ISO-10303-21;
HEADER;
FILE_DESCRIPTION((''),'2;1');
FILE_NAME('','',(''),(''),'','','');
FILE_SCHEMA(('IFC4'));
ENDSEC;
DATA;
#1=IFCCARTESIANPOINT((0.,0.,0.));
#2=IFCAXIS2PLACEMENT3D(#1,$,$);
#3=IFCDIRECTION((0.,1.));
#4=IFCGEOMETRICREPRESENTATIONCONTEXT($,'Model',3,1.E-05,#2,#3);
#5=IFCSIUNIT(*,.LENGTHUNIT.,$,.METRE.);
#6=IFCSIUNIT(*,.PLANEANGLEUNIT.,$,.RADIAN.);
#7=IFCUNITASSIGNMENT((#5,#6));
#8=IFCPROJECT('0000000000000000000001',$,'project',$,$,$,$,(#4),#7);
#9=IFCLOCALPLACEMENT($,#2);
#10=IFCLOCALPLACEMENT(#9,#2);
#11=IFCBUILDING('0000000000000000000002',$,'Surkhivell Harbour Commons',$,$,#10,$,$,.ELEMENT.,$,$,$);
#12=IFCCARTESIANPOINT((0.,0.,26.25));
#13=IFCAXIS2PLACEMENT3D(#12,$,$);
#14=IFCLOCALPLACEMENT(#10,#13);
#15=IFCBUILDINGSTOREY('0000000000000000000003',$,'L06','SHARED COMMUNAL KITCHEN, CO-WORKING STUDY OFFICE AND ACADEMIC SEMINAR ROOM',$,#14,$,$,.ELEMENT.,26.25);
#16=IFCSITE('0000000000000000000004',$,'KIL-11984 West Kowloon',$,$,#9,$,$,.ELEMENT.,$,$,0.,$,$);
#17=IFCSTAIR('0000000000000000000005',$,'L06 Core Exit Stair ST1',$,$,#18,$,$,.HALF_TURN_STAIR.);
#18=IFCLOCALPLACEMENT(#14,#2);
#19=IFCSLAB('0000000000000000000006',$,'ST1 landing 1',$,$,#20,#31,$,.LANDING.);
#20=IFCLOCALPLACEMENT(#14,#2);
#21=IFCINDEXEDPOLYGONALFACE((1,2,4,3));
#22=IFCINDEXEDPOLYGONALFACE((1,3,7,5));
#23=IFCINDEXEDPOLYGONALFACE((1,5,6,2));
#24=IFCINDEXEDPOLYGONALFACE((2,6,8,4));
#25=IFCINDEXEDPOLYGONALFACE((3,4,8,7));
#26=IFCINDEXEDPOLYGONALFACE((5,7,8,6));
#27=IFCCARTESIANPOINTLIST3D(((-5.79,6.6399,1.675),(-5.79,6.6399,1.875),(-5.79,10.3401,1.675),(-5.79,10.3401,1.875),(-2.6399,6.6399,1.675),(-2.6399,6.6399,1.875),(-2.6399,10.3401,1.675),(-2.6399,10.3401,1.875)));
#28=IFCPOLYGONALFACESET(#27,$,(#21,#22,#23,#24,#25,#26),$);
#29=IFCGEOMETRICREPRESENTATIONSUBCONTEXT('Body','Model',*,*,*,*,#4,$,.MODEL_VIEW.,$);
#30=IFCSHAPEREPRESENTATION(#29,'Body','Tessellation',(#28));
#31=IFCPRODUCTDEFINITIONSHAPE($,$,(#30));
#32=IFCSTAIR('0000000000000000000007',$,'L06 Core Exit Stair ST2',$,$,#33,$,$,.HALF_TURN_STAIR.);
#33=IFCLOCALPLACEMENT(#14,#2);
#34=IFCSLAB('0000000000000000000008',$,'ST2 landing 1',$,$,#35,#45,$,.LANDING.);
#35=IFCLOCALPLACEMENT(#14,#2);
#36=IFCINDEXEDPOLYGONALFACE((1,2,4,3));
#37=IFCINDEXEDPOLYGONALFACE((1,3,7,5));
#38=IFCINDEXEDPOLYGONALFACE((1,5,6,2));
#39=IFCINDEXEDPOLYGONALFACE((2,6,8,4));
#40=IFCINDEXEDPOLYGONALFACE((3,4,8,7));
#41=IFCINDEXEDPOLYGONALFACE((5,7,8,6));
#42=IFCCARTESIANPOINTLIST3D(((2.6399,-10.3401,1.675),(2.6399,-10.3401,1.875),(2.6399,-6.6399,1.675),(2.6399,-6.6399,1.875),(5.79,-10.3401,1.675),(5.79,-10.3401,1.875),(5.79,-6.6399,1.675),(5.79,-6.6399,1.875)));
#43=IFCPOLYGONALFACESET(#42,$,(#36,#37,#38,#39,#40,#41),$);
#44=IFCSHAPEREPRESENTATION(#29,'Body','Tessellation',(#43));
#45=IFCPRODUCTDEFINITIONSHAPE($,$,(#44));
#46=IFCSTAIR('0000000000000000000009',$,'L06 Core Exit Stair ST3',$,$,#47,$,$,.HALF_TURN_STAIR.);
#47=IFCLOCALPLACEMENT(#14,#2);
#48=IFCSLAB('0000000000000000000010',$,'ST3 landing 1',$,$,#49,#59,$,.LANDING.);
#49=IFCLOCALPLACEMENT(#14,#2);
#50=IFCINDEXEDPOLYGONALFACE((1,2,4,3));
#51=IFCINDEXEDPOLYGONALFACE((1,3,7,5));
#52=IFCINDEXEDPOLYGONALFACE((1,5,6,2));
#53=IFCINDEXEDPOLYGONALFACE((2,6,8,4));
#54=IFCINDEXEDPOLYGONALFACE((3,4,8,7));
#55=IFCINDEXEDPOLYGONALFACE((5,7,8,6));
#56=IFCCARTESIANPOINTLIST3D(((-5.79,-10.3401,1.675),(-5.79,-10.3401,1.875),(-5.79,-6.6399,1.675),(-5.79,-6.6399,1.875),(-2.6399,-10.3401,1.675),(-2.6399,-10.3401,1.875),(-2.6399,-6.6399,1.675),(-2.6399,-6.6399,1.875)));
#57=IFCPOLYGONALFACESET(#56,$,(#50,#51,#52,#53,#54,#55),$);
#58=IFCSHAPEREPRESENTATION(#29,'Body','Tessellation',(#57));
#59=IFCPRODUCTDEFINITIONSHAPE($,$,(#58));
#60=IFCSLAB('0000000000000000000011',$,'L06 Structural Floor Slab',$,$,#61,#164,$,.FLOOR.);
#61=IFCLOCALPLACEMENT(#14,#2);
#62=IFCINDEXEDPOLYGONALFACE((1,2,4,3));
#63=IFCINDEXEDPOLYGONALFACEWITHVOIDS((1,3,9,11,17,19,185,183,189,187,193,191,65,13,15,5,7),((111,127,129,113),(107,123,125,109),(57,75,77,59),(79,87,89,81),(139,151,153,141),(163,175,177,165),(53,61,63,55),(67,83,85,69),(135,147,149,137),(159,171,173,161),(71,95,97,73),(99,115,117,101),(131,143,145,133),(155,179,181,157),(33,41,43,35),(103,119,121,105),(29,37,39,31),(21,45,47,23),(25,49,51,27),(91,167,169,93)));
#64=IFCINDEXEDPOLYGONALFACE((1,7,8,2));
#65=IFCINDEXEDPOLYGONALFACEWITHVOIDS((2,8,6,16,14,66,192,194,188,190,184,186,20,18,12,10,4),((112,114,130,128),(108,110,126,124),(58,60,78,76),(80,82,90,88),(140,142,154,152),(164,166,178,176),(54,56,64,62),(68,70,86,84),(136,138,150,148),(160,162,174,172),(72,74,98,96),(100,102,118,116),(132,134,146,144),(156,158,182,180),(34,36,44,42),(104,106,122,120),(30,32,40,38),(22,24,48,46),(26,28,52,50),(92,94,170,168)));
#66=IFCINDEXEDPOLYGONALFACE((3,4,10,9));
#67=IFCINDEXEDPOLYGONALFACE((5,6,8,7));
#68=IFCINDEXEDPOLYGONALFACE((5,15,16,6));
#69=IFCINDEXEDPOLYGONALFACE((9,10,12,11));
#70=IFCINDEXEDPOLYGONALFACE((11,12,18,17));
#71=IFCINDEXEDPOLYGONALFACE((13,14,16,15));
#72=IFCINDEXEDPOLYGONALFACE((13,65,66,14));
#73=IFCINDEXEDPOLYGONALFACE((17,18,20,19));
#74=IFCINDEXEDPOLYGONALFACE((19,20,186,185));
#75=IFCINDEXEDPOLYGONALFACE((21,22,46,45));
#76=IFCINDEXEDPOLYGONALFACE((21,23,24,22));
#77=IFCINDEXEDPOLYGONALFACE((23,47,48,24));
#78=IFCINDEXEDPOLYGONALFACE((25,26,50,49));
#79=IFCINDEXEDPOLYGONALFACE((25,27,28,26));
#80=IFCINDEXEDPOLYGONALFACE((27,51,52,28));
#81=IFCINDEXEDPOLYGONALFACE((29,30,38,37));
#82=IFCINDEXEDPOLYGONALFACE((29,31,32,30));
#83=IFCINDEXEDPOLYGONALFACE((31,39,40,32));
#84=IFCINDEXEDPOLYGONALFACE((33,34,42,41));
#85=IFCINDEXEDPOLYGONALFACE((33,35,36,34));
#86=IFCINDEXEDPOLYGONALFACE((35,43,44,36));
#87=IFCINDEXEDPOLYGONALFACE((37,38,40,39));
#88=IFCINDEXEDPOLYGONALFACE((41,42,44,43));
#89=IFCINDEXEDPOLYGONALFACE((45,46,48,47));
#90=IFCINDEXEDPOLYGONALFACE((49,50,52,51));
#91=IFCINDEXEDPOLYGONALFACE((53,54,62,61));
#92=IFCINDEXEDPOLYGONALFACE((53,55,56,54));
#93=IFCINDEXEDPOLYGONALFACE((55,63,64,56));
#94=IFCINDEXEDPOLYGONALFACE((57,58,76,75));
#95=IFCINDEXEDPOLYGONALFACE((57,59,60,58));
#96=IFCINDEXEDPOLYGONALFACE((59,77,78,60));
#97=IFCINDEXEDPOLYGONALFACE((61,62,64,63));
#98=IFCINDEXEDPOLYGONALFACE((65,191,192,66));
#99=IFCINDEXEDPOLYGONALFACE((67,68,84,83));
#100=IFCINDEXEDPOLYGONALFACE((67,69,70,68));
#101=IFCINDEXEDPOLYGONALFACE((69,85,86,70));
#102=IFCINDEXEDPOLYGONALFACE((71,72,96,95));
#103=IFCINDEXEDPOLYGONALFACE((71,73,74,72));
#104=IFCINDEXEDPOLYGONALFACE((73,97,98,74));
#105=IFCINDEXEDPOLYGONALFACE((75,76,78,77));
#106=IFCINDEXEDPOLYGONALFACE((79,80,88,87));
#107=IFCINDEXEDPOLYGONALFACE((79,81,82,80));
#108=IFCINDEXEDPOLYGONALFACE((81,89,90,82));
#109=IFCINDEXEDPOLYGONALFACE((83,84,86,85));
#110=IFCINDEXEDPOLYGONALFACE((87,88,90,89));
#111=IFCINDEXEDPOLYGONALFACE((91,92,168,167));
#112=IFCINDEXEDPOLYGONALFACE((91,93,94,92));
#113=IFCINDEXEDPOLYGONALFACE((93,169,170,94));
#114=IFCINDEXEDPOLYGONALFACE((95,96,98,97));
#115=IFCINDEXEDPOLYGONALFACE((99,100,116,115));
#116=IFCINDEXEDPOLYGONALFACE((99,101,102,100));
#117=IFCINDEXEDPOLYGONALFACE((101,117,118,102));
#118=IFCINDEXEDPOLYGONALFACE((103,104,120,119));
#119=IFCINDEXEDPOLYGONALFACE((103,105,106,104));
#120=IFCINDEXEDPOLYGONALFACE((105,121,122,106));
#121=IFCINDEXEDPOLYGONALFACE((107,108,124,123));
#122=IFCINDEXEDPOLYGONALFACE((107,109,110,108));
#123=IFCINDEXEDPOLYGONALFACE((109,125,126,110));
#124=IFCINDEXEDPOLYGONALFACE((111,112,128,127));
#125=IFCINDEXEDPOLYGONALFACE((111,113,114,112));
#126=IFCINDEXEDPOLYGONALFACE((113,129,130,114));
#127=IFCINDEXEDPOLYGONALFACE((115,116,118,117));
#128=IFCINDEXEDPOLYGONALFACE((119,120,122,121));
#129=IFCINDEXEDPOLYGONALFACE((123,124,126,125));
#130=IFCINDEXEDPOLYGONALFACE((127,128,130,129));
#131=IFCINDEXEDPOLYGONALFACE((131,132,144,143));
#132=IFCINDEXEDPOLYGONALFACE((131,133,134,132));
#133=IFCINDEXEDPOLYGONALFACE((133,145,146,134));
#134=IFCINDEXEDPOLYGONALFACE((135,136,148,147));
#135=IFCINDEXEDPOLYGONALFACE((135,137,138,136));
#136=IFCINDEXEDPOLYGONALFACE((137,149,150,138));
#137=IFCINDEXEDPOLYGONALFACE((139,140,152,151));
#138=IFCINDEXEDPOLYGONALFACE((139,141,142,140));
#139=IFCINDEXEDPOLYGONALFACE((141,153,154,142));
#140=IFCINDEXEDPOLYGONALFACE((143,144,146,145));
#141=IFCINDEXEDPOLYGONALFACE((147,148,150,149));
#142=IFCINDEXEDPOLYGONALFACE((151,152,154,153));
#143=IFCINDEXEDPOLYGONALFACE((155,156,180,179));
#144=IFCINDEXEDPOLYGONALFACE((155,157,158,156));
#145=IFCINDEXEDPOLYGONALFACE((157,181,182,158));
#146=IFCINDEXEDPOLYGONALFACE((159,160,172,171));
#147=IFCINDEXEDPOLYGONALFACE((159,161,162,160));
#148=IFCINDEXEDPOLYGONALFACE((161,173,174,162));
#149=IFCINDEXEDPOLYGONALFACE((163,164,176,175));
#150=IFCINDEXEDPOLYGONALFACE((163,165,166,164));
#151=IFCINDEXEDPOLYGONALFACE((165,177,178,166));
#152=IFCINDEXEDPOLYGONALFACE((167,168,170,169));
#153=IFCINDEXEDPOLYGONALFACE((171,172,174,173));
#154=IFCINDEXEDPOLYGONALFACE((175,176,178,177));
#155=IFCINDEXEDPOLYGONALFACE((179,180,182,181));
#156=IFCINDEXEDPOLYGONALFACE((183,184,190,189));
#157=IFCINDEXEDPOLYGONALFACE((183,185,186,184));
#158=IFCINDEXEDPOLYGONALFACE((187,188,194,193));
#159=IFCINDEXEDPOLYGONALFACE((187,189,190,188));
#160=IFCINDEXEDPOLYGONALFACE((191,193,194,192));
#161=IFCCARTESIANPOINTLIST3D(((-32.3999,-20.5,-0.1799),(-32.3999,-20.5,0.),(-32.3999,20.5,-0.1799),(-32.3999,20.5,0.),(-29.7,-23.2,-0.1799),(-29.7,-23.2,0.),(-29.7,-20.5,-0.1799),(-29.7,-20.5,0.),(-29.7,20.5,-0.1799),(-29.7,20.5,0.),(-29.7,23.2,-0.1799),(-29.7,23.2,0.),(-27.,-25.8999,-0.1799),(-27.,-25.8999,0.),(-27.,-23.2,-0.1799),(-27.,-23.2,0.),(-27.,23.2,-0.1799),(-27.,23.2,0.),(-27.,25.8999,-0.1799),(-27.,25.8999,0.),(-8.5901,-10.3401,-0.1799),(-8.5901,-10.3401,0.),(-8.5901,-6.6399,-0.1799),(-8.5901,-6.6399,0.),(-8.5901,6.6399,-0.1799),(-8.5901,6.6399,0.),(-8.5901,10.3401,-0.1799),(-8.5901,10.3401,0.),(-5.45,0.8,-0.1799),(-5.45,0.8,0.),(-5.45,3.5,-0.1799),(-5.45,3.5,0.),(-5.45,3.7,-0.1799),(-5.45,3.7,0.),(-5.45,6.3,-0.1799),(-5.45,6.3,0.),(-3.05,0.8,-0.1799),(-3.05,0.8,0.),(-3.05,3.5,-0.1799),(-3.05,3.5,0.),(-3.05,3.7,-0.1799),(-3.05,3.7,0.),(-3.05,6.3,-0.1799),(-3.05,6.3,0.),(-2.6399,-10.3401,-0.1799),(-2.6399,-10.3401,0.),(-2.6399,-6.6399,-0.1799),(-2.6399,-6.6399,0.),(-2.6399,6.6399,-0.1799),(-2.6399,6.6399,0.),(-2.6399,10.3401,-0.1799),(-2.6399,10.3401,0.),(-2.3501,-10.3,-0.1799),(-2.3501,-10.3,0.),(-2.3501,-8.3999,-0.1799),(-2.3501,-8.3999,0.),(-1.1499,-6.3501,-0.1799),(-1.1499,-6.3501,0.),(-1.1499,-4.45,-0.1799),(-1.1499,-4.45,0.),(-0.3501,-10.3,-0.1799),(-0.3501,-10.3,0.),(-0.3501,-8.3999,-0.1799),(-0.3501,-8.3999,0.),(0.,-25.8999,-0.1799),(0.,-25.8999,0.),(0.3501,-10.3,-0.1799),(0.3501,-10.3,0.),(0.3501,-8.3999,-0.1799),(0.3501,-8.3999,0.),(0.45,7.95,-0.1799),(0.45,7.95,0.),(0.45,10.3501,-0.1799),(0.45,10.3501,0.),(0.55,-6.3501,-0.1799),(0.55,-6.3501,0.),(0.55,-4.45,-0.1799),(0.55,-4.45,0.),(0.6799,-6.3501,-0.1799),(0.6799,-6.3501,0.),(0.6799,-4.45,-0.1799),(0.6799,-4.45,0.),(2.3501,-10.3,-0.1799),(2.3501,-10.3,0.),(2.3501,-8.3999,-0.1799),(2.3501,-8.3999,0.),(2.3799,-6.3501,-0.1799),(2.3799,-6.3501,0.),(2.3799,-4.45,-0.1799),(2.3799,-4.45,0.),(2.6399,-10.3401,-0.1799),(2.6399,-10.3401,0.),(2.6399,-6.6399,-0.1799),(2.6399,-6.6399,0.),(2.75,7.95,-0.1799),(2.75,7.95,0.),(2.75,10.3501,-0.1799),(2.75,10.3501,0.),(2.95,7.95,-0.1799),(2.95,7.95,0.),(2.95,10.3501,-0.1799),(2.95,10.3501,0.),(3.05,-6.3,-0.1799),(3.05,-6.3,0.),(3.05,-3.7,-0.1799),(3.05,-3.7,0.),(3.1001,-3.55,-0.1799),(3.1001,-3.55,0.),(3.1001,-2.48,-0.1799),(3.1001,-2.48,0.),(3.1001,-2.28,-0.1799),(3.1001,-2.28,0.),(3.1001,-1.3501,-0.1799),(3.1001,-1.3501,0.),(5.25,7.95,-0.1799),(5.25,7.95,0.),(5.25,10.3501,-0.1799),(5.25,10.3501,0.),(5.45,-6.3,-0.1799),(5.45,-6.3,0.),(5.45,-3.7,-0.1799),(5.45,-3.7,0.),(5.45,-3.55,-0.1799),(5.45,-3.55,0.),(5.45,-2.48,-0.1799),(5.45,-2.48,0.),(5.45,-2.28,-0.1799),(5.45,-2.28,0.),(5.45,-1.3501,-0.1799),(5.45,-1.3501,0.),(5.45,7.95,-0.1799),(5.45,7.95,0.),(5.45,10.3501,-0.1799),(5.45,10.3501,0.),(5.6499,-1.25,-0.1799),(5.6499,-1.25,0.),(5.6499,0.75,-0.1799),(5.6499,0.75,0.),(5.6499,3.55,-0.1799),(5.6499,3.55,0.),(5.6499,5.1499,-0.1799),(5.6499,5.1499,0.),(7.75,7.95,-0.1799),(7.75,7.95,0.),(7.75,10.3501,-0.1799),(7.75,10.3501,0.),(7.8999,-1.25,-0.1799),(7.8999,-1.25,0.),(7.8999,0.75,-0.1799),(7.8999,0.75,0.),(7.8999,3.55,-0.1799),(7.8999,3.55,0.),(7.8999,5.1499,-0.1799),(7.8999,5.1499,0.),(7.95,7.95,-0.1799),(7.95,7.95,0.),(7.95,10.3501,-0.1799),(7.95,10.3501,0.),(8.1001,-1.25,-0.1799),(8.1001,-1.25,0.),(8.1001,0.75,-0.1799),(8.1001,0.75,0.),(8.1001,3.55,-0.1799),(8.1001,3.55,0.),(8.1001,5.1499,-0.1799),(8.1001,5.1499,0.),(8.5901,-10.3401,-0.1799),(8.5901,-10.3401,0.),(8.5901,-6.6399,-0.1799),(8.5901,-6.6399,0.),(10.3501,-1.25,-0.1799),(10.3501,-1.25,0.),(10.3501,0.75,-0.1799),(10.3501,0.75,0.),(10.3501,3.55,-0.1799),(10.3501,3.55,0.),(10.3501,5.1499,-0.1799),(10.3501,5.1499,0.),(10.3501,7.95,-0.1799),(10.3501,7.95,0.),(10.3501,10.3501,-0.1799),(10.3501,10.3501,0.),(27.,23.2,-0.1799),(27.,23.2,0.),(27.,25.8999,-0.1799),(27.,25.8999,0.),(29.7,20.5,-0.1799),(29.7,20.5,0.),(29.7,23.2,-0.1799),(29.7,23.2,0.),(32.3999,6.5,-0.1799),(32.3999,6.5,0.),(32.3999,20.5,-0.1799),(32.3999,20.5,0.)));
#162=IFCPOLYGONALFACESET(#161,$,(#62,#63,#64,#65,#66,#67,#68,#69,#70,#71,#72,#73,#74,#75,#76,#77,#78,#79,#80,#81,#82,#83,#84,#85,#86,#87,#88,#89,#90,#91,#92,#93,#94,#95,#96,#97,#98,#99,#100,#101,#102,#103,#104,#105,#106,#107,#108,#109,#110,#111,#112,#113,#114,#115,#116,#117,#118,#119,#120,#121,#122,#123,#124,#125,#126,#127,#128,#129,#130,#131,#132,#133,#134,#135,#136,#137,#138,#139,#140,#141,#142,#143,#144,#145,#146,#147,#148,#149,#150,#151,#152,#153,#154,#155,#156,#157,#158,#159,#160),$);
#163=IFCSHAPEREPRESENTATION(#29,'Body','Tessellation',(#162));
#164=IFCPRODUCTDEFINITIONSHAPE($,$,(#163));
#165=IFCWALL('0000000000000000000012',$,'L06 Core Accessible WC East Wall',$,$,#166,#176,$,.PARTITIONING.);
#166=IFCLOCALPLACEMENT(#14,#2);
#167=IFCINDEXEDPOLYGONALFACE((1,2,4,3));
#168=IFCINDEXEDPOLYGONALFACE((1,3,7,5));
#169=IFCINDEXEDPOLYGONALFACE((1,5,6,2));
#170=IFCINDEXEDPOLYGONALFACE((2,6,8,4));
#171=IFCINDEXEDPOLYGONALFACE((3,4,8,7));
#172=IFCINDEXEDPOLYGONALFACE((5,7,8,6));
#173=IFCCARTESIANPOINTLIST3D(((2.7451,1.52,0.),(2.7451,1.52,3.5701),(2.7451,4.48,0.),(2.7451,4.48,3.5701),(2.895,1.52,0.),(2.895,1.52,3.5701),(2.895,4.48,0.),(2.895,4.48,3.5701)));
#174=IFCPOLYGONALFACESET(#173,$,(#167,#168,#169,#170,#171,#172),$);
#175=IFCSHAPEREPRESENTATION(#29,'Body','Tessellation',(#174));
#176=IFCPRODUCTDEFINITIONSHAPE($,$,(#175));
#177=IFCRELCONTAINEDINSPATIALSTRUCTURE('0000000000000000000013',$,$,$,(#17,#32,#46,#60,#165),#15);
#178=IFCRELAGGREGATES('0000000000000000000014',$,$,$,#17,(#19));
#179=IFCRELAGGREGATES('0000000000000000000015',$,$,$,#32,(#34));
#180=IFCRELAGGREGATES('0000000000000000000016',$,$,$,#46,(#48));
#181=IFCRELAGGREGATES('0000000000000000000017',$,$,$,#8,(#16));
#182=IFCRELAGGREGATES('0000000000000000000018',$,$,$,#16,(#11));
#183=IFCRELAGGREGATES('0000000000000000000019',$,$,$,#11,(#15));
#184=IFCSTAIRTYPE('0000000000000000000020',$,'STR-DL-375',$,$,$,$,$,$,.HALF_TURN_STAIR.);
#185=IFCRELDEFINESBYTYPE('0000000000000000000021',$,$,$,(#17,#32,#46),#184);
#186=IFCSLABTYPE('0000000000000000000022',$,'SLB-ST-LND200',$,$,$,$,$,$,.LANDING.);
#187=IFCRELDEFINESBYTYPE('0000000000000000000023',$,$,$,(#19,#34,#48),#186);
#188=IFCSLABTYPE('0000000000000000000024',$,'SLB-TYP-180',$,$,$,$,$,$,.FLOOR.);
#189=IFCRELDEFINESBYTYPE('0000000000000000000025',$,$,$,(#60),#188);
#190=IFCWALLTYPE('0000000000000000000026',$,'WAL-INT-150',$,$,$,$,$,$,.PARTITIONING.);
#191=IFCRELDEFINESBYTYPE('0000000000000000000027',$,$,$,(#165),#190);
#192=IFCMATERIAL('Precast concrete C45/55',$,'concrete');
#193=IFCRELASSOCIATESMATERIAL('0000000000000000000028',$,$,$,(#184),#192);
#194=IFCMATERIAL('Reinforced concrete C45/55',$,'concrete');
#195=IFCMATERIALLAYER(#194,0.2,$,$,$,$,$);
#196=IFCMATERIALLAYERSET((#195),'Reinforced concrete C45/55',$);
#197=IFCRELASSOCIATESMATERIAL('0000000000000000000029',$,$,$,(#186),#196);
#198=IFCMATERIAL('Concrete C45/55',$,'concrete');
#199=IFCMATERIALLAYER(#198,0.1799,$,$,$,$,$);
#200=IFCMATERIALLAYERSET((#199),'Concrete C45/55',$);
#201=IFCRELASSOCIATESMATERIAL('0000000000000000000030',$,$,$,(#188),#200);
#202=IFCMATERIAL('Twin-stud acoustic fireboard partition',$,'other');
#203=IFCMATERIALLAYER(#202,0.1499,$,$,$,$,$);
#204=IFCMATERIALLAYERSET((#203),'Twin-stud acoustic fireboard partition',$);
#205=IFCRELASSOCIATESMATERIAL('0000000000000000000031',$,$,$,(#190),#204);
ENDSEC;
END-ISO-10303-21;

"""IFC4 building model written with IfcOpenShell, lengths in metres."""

from ifc_helpers import new_model, si_unit, direction, frame, frame_2d, origin, place, context, subcontext, project, spatial, polyline, rectangle, outline, extrude, material, layer, layer_set, type_object, element, aggregate, save


model = new_model("IFC4")

# Units and contexts
model_context = context("Model", 3, precision=1e-05, world=origin(), true_north=direction((0.0, 1.0)))
body_context = subcontext(model_context, "Body", "Model", "MODEL_VIEW")
ifc_project = project(units=[si_unit("LENGTHUNIT", "METRE"), si_unit("PLANEANGLEUNIT", "RADIAN")], contexts=[model_context])

# Site, building, storey
site_placement = place(None, origin())
site = spatial("IfcSite", under=ifc_project, at=site_placement, Name="KIL-11984 West Kowloon", CompositionType="ELEMENT", RefElevation=0.0)
building_placement = place(site_placement, origin())
building = spatial("IfcBuilding", under=site, at=building_placement, Name="Surkhivell Harbour Commons", CompositionType="ELEMENT")
storey_placement = place(building_placement, frame((0.0, 0.0, 26.25)))
storey = spatial("IfcBuildingStorey", under=building, at=storey_placement, Name="L06", Description="SHARED COMMUNAL KITCHEN, CO-WORKING STUDY OFFICE AND ACADEMIC SEMINAR ROOM", CompositionType="ELEMENT", Elevation=26.25)

# Stairs, slabs
ifc_material_1 = material(Name="Precast concrete C45/55", Category="concrete")
stair_type = type_object("IfcStairType", Name="STR-DL-375", PredefinedType="HALF_TURN_STAIR", material=ifc_material_1)
stair_1_placement = place(storey_placement, origin())
stair_1 = element("IfcStair", 1, at=stair_1_placement, inside=storey, type_object=stair_type, Name="L06 Core Exit Stair ST1", PredefinedType="HALF_TURN_STAIR")
ifc_material_2 = material(Name="Reinforced concrete C45/55", Category="concrete")
ifc_layer_1 = layer(ifc_material_2, 0.2)
ifc_layer_set_1 = layer_set([ifc_layer_1], Name="Reinforced concrete C45/55")
slab_type_1 = type_object("IfcSlabType", Name="SLB-ST-LND200", PredefinedType="LANDING", material=ifc_layer_set_1)
slab_1_placement = place(storey_placement, frame((0.0, 0.0, 1.675)))
slab_1 = element("IfcSlab", 2, at=slab_1_placement, type_object=slab_type_1, Name="ST1 landing 1", PredefinedType="LANDING", context=body_context, shape_type="SweptSolid", body=[
    extrude(outline(polyline([(-5.79, 6.6399), (-2.6399, 6.6399), (-2.6399, 10.3401), (-5.79, 10.3401), (-5.79, 6.6399)])), origin(), (0.0, 0.0, 1.0), 0.2),
])
aggregate(stair_1, [slab_1])
stair_2_placement = place(storey_placement, origin())
stair_2 = element("IfcStair", 3, at=stair_2_placement, inside=storey, type_object=stair_type, Name="L06 Core Exit Stair ST2", PredefinedType="HALF_TURN_STAIR")
slab_2_placement = place(storey_placement, frame((0.0, 0.0, 1.675)))
slab_2 = element("IfcSlab", 4, at=slab_2_placement, type_object=slab_type_1, Name="ST2 landing 1", PredefinedType="LANDING", context=body_context, shape_type="SweptSolid", body=[
    extrude(outline(polyline([(5.79, -6.6399), (2.6399, -6.6399), (2.6399, -10.3401), (5.79, -10.3401), (5.79, -6.6399)])), origin(), (0.0, 0.0, 1.0), 0.2),
])
aggregate(stair_2, [slab_2])
stair_3_placement = place(storey_placement, origin())
stair_3 = element("IfcStair", 5, at=stair_3_placement, inside=storey, type_object=stair_type, Name="L06 Core Exit Stair ST3", PredefinedType="HALF_TURN_STAIR")
slab_3_placement = place(storey_placement, frame((0.0, 0.0, 1.675)))
slab_3 = element("IfcSlab", 6, at=slab_3_placement, type_object=slab_type_1, Name="ST3 landing 1", PredefinedType="LANDING", context=body_context, shape_type="SweptSolid", body=[
    extrude(outline(polyline([(-5.79, -10.3401), (-2.6399, -10.3401), (-2.6399, -6.6399), (-5.79, -6.6399), (-5.79, -10.3401)])), origin(), (0.0, 0.0, 1.0), 0.2),
])
aggregate(stair_3, [slab_3])

# Slab
ifc_material_3 = material(Name="Concrete C45/55", Category="concrete")
ifc_layer_2 = layer(ifc_material_3, 0.1799)
ifc_layer_set_2 = layer_set([ifc_layer_2], Name="Concrete C45/55")
slab_type_2 = type_object("IfcSlabType", Name="SLB-TYP-180", PredefinedType="FLOOR", material=ifc_layer_set_2)
slab_4_placement = place(storey_placement, frame((0.0, 0.0, -0.1799)))
element("IfcSlab", 7, at=slab_4_placement, inside=storey, type_object=slab_type_2, Name="L06 Structural Floor Slab", PredefinedType="FLOOR", context=body_context, shape_type="SweptSolid", body=[
    extrude(outline(polyline([(-27.0, -25.8999), (0.0, -25.8999), (32.3999, 6.5), (32.3999, 20.5), (29.7, 20.5), (29.7, 23.2), (27.0, 23.2), (27.0, 25.8999), (-27.0, 25.8999), (-27.0, 23.2), (-29.7, 23.2), (-29.7, 20.5), (-32.3999, 20.5), (-32.3999, -20.5), (-29.7, -20.5), (-29.7, -23.2), (-27.0, -23.2), (-27.0, -25.8999)]), holes=[polyline([(-8.5901, 6.6399), (-2.6399, 6.6399), (-2.6399, 10.3401), (-8.5901, 10.3401), (-8.5901, 6.6399)]), polyline([(8.5901, -6.6399), (2.6399, -6.6399), (2.6399, -10.3401), (8.5901, -10.3401), (8.5901, -6.6399)]), polyline([(-8.5901, -10.3401), (-2.6399, -10.3401), (-2.6399, -6.6399), (-8.5901, -6.6399), (-8.5901, -10.3401)]), polyline([(0.45, 7.95), (2.75, 7.95), (2.75, 10.3501), (0.45, 10.3501), (0.45, 7.95)]), polyline([(2.95, 7.95), (5.25, 7.95), (5.25, 10.3501), (2.95, 10.3501), (2.95, 7.95)]), polyline([(5.45, 7.95), (7.75, 7.95), (7.75, 10.3501), (5.45, 10.3501), (5.45, 7.95)]), polyline([(7.95, 7.95), (10.3501, 7.95), (10.3501, 10.3501), (7.95, 10.3501), (7.95, 7.95)]), polyline([(5.6499, 3.55), (7.8999, 3.55), (7.8999, 5.1499), (5.6499, 5.1499), (5.6499, 3.55)]), polyline([(8.1001, 3.55), (10.3501, 3.55), (10.3501, 5.1499), (8.1001, 5.1499), (8.1001, 3.55)]), polyline([(5.6499, -1.25), (7.8999, -1.25), (7.8999, 0.75), (5.6499, 0.75), (5.6499, -1.25)]), polyline([(8.1001, -1.25), (10.3501, -1.25), (10.3501, 0.75), (8.1001, 0.75), (8.1001, -1.25)]), polyline([(-1.1499, -6.3501), (0.55, -6.3501), (0.55, -4.45), (-1.1499, -4.45), (-1.1499, -6.3501)]), polyline([(0.6799, -6.3501), (2.3799, -6.3501), (2.3799, -4.45), (0.6799, -4.45), (0.6799, -6.3501)]), polyline([(-2.3501, -10.3), (-0.3501, -10.3), (-0.3501, -8.3999), (-2.3501, -8.3999), (-2.3501, -10.3)]), polyline([(0.3501, -10.3), (2.3501, -10.3), (2.3501, -8.3999), (0.3501, -8.3999), (0.3501, -10.3)]), polyline([(-5.45, 3.7), (-3.05, 3.7), (-3.05, 6.3), (-5.45, 6.3), (-5.45, 3.7)]), polyline([(3.05, -6.3), (5.45, -6.3), (5.45, -3.7), (3.05, -3.7), (3.05, -6.3)]), polyline([(-5.45, 0.8), (-3.05, 0.8), (-3.05, 3.5), (-5.45, 3.5), (-5.45, 0.8)]), polyline([(3.1001, -3.55), (5.45, -3.55), (5.45, -2.48), (3.1001, -2.48), (3.1001, -3.55)]), polyline([(3.1001, -2.28), (5.45, -2.28), (5.45, -1.3501), (3.1001, -1.3501), (3.1001, -2.28)])]), origin(), (0.0, 0.0, 1.0), 0.1799),
])

# Wall
ifc_material_4 = material(Name="Twin-stud acoustic fireboard partition", Category="other")
ifc_layer_3 = layer(ifc_material_4, 0.1499)
ifc_layer_set_3 = layer_set([ifc_layer_3], Name="Twin-stud acoustic fireboard partition")
wall_type_1 = type_object("IfcWallType", Name="WAL-INT-150", PredefinedType="PARTITIONING", material=ifc_layer_set_3)
wall_1_placement = place(storey_placement, frame((2.8201, 1.52, 0.0), z_axis=(0.0, 0.0, 1.0), x_axis=(0.0, 1.0, 0.0)))
element("IfcWall", 8, at=wall_1_placement, inside=storey, type_object=wall_type_1, Name="L06 Core Accessible WC East Wall", PredefinedType="PARTITIONING", context=body_context, shape_type="SweptSolid", body=[
    extrude(rectangle(XDim=2.96, YDim=0.1499, at=frame_2d((1.48, 0.0))), origin(), (0.0, 0.0, 1.0), 3.5701),
])

save(model, "model.ifc")
